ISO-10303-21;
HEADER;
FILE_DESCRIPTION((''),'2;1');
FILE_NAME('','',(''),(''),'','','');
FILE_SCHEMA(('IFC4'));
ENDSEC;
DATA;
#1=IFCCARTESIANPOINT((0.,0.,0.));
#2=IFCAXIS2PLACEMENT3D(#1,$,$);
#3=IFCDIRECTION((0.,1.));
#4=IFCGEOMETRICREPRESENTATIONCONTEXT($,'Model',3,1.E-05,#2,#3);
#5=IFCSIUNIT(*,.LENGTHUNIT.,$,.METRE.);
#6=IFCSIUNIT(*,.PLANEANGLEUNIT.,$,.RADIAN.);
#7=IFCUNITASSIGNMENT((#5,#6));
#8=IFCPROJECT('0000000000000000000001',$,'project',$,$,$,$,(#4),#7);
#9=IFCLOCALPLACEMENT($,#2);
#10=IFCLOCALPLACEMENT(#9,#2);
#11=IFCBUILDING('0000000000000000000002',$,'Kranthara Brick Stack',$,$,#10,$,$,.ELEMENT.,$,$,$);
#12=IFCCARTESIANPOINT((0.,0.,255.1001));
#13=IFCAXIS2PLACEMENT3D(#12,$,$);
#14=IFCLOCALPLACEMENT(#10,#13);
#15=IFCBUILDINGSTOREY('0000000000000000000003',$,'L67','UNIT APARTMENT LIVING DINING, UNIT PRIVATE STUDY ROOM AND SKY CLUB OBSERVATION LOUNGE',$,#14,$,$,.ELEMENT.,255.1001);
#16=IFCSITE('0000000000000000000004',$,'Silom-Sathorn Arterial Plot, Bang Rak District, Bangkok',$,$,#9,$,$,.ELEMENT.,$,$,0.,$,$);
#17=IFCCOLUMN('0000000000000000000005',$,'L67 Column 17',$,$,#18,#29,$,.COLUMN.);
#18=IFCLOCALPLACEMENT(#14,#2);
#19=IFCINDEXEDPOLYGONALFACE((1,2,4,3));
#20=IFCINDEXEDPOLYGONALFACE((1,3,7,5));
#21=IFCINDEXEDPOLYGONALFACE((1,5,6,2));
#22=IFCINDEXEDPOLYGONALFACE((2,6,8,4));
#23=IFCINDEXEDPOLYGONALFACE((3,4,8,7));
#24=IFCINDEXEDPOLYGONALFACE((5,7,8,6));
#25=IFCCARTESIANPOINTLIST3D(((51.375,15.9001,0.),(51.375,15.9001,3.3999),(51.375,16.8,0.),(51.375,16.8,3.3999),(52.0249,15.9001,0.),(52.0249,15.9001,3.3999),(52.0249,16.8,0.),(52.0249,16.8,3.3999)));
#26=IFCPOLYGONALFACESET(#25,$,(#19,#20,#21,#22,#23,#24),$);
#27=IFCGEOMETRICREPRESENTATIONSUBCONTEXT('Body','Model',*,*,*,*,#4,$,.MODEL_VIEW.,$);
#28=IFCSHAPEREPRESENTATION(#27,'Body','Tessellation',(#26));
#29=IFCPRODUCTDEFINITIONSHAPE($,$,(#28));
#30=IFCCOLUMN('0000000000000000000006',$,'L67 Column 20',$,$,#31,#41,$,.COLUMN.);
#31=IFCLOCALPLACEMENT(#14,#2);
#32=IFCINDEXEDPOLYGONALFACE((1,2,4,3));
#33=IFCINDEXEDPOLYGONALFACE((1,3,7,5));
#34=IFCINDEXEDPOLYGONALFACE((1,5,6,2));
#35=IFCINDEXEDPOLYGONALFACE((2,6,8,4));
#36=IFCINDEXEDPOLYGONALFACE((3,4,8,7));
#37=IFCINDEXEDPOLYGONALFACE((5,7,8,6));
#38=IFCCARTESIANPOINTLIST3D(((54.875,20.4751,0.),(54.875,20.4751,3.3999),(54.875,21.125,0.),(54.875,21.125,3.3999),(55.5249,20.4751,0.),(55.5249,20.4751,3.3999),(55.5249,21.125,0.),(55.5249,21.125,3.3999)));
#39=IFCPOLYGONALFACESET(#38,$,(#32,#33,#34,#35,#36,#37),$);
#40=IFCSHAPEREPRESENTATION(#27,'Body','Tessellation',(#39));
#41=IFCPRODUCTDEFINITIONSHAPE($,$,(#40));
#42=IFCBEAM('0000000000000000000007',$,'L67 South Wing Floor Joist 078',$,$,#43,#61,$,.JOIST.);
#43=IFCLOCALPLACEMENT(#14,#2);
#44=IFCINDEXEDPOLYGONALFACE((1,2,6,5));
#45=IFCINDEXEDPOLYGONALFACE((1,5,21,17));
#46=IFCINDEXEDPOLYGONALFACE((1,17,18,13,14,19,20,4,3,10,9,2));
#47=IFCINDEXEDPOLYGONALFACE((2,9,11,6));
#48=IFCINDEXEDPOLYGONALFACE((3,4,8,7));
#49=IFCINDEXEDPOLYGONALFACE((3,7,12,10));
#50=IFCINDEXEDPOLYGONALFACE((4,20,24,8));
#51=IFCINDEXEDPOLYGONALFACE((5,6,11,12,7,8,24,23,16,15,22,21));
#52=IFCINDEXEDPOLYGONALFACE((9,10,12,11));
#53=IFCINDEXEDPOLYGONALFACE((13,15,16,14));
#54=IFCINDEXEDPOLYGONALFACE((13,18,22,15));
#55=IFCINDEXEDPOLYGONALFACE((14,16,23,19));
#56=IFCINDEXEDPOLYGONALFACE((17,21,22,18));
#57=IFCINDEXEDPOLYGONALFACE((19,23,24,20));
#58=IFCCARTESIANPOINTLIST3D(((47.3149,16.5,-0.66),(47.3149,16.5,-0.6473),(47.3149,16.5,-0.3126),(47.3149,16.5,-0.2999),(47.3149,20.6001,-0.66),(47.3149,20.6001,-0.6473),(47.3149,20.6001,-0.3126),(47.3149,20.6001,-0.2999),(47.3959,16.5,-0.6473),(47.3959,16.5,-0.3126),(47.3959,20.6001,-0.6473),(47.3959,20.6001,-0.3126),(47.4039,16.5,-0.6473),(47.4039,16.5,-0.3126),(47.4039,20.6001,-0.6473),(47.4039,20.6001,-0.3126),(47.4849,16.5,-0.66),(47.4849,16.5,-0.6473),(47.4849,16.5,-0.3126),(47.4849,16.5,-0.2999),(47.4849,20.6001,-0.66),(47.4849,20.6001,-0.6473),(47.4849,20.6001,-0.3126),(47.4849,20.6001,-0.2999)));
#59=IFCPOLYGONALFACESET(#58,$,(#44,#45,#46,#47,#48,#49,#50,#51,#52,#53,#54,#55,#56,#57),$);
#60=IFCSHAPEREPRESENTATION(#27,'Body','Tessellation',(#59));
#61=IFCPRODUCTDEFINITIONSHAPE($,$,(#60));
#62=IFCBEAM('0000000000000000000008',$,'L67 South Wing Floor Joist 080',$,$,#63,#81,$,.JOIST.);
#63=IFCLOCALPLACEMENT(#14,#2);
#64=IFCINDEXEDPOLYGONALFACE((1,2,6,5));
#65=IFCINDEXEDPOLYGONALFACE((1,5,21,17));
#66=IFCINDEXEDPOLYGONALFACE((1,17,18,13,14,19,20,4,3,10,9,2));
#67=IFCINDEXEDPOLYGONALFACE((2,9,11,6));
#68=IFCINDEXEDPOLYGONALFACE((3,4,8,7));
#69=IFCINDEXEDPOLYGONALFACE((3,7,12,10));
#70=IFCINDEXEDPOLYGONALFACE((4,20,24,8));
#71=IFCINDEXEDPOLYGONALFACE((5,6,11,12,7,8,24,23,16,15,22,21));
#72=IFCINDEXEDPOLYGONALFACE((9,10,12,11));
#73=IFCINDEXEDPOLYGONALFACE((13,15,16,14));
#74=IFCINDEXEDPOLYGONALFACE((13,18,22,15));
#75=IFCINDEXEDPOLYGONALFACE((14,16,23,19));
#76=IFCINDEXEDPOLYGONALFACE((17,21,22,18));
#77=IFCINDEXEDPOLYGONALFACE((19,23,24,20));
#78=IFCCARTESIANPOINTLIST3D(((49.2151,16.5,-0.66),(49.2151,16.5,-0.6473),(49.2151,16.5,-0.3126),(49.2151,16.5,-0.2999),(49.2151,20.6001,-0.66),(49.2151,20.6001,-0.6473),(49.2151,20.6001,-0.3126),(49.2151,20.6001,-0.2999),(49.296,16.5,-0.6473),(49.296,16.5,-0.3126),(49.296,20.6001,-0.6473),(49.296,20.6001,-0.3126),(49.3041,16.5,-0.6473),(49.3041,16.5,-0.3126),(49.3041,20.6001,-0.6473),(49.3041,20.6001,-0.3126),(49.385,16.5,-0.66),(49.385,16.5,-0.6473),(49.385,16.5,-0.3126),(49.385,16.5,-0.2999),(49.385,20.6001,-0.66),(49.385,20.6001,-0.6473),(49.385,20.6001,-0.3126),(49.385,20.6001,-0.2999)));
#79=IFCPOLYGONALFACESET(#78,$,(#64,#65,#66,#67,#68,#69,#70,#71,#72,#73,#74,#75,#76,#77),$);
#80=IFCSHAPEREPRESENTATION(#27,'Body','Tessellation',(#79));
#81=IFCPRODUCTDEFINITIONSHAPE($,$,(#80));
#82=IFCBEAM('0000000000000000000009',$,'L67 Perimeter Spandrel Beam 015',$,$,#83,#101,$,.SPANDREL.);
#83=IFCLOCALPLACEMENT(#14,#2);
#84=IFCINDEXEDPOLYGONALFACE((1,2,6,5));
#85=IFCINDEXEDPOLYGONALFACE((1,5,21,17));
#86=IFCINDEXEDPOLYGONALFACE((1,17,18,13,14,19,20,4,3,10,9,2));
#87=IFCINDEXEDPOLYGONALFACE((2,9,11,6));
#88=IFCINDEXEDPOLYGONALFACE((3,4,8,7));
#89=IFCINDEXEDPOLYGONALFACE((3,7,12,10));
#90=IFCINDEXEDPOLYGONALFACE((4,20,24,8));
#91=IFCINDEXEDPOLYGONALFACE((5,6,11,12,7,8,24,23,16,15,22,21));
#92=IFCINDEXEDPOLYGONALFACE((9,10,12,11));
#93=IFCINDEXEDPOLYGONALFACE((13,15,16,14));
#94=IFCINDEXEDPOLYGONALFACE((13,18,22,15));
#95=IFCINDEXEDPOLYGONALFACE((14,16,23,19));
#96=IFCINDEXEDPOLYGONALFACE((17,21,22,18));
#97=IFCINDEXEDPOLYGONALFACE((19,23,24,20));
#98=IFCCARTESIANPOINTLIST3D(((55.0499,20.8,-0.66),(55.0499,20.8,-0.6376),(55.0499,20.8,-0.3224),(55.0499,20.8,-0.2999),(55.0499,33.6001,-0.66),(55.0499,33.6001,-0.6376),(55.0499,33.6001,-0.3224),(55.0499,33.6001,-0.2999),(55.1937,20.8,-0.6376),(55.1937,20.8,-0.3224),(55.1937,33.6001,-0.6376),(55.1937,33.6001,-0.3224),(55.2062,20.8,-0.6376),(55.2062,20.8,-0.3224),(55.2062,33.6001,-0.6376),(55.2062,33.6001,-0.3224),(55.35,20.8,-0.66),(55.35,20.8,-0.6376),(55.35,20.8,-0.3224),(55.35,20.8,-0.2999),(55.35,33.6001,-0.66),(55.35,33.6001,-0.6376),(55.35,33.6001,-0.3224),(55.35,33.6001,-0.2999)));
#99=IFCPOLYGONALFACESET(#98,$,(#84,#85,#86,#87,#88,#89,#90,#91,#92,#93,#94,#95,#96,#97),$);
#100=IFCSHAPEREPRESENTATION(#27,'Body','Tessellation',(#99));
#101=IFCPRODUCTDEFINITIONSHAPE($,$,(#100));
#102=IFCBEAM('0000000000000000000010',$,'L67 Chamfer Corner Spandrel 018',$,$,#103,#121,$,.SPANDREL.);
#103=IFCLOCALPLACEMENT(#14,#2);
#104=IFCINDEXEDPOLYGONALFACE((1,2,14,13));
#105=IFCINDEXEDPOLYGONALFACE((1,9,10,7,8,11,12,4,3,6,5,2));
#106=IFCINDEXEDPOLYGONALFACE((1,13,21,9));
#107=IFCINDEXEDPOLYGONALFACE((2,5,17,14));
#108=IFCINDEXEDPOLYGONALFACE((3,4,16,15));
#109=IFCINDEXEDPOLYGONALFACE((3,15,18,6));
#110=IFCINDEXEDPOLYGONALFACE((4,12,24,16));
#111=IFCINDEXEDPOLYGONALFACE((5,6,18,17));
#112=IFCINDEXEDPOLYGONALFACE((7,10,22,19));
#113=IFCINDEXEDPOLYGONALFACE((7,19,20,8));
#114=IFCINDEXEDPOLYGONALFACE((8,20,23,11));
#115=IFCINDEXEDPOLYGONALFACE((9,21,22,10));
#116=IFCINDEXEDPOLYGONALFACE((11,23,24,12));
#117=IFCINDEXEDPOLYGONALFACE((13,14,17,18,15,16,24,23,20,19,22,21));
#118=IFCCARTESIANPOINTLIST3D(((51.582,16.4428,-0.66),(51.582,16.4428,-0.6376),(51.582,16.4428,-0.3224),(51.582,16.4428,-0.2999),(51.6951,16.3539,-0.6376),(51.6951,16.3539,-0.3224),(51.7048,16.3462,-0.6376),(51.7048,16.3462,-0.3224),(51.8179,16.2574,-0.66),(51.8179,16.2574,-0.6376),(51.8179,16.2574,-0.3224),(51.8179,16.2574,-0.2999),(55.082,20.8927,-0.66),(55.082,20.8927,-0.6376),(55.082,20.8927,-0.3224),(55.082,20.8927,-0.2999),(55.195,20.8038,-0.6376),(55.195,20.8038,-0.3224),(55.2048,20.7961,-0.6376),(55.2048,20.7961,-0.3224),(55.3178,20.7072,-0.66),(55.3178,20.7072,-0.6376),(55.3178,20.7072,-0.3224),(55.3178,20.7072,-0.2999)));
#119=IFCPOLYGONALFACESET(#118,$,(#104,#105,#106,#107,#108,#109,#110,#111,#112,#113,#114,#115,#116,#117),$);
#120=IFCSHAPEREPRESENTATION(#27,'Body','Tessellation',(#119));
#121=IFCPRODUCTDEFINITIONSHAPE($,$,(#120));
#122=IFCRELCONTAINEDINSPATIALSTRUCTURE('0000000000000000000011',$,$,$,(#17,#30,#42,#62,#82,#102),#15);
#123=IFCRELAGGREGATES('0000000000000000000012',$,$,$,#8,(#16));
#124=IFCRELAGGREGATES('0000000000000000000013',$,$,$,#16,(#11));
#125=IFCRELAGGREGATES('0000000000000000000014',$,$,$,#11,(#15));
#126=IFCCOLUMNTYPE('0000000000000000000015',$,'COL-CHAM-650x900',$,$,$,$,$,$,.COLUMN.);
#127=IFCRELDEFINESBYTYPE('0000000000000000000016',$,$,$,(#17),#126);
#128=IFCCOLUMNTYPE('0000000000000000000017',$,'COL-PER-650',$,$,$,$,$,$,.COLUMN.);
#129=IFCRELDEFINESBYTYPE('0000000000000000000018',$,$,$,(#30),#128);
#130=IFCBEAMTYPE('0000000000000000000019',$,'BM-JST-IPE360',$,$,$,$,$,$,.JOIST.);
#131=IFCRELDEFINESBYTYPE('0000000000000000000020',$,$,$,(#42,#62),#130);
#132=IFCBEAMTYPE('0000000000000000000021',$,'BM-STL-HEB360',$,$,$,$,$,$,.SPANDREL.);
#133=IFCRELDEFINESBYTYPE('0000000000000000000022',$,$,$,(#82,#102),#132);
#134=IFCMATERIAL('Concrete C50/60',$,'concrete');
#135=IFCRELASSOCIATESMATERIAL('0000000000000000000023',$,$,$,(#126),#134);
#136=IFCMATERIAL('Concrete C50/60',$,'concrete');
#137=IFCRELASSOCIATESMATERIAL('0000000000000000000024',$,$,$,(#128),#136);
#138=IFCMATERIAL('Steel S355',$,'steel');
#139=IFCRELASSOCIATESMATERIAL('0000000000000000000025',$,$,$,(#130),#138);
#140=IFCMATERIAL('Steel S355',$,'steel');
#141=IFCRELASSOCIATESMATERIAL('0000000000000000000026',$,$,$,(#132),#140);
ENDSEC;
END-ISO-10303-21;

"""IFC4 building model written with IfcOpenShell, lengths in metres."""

from ifc_helpers import new_model, si_unit, direction, frame, origin, origin_2d, place, context, subcontext, project, spatial, rectangle, i_section, extrude, material, material_profile, profile_set, type_object, element, save


model = new_model("IFC4")

# Units and contexts
model_context = context("Model", 3, precision=1e-05, world=origin(), true_north=direction((0.0, 1.0)))
body_context = subcontext(model_context, "Body", "Model", "MODEL_VIEW")
ifc_project = project(units=[si_unit("LENGTHUNIT", "METRE"), si_unit("PLANEANGLEUNIT", "RADIAN")], contexts=[model_context])

# Site, building, storey
site_placement = place(None, origin())
site = spatial("IfcSite", under=ifc_project, at=site_placement, Name="Silom-Sathorn Arterial Plot, Bang Rak District, Bangkok", CompositionType="ELEMENT", RefElevation=0.0)
building_placement = place(site_placement, origin())
building = spatial("IfcBuilding", under=site, at=building_placement, Name="Kranthara Brick Stack", CompositionType="ELEMENT")
storey_placement = place(building_placement, frame((0.0, 0.0, 255.1001)))
storey = spatial("IfcBuildingStorey", under=building, at=storey_placement, Name="L67", Description="UNIT APARTMENT LIVING DINING, UNIT PRIVATE STUDY ROOM AND SKY CLUB OBSERVATION LOUNGE", CompositionType="ELEMENT", Elevation=255.1001)

# Columns
ifc_material_1 = material(Name="Concrete C50/60", Category="concrete")
ifc_material_profile_1 = material_profile(ifc_material_1, rectangle(XDim=0.6499, YDim=0.8999, at=origin_2d()), Name="RC 650x900")
ifc_profile_set_1 = profile_set([ifc_material_profile_1], Name="Concrete C50/60")
column_type_1 = type_object("IfcColumnType", Name="COL-CHAM-650x900", PredefinedType="COLUMN", material=ifc_profile_set_1)
column_1_placement = place(storey_placement, frame((51.7, 16.3501, 0.0), z_axis=(0.0, 0.0, 1.0), x_axis=(1.0, 0.0, 0.0)))
element("IfcColumn", 1, at=column_1_placement, inside=storey, type_object=column_type_1, Name="L67 Column 17", PredefinedType="COLUMN", context=body_context, shape_type="SweptSolid", body=[
    extrude(rectangle(XDim=0.6499, YDim=0.8999, at=origin_2d()), origin(), (0.0, 0.0, 1.0), 3.3999),
])
ifc_material_2 = material(Name="Concrete C50/60", Category="concrete")
ifc_material_profile_2 = material_profile(ifc_material_2, rectangle(XDim=0.6499, YDim=0.6499, at=origin_2d()), Name="RC 650x650")
ifc_profile_set_2 = profile_set([ifc_material_profile_2], Name="Concrete C50/60")
column_type_2 = type_object("IfcColumnType", Name="COL-PER-650", PredefinedType="COLUMN", material=ifc_profile_set_2)
column_2_placement = place(storey_placement, frame((55.2, 20.8, 0.0), z_axis=(0.0, 0.0, 1.0), x_axis=(1.0, 0.0, 0.0)))
element("IfcColumn", 2, at=column_2_placement, inside=storey, type_object=column_type_2, Name="L67 Column 20", PredefinedType="COLUMN", context=body_context, shape_type="SweptSolid", body=[
    extrude(rectangle(XDim=0.6499, YDim=0.6499, at=origin_2d()), origin(), (0.0, 0.0, 1.0), 3.3999),
])

# Beams
ifc_material_3 = material(Name="Steel S355", Category="steel")
ifc_material_profile_3 = material_profile(ifc_material_3, i_section(OverallWidth=0.1699, OverallDepth=0.3601, WebThickness=0.0081, FlangeThickness=0.0127, at=origin_2d()), Name="IPE 360")
ifc_profile_set_3 = profile_set([ifc_material_profile_3], Name="Steel S355")
beam_type_1 = type_object("IfcBeamType", Name="BM-JST-IPE360", PredefinedType="JOIST", material=ifc_profile_set_3)
for number, where, z_axis, x_axis, name in (
    (3, (47.3999, 16.5, -0.48), (0.0, 1.0, 0.0), (-1.0, 0.0, 0.0), "L67 South Wing Floor Joist 078"),
    (4, (49.3, 16.5, -0.48), (0.0, 1.0, 0.0), (-1.0, 0.0, 0.0), "L67 South Wing Floor Joist 080"),
):
    element("IfcBeam", number, at=place(storey_placement, frame(where, z_axis=z_axis, x_axis=x_axis)), inside=storey, type_object=beam_type_1, Name=name, PredefinedType="JOIST", context=body_context, shape_type="SweptSolid", body=[
        extrude(i_section(OverallWidth=0.1699, OverallDepth=0.3601, WebThickness=0.0081, FlangeThickness=0.0127, at=origin_2d()), origin(), (0.0, 0.0, 1.0), 4.1001),
    ])
ifc_material_4 = material(Name="Steel S355", Category="steel")
ifc_material_profile_4 = material_profile(ifc_material_4, i_section(OverallWidth=0.3, OverallDepth=0.3601, WebThickness=0.0125, FlangeThickness=0.0225, at=origin_2d()), Name="HEB 360")
ifc_profile_set_4 = profile_set([ifc_material_profile_4], Name="Steel S355")
beam_type_2 = type_object("IfcBeamType", Name="BM-STL-HEB360", PredefinedType="SPANDREL", material=ifc_profile_set_4)
beam_1_placement = place(storey_placement, frame((55.2, 20.8, -0.48), z_axis=(0.0, 1.0, 0.0), x_axis=(-1.0, 0.0, 0.0)))
element("IfcBeam", 5, at=beam_1_placement, inside=storey, type_object=beam_type_2, Name="L67 Perimeter Spandrel Beam 015", PredefinedType="SPANDREL", context=body_context, shape_type="SweptSolid", body=[
    extrude(i_section(OverallWidth=0.3, OverallDepth=0.3601, WebThickness=0.0125, FlangeThickness=0.0225, at=origin_2d()), origin(), (0.0, 0.0, 1.0), 12.8),
])
beam_2_placement = place(storey_placement, frame((51.7, 16.3501, -0.48), z_axis=(0.618216, 0.786008, 0.0), x_axis=(-0.786008, 0.618216, 0.0)))
element("IfcBeam", 6, at=beam_2_placement, inside=storey, type_object=beam_type_2, Name="L67 Chamfer Corner Spandrel 018", PredefinedType="SPANDREL", context=body_context, shape_type="SweptSolid", body=[
    extrude(i_section(OverallWidth=0.3, OverallDepth=0.3601, WebThickness=0.0125, FlangeThickness=0.0225, at=origin_2d()), origin(), (0.0, 0.0, 1.0), 5.6614),
])

save(model, "model.ifc")
